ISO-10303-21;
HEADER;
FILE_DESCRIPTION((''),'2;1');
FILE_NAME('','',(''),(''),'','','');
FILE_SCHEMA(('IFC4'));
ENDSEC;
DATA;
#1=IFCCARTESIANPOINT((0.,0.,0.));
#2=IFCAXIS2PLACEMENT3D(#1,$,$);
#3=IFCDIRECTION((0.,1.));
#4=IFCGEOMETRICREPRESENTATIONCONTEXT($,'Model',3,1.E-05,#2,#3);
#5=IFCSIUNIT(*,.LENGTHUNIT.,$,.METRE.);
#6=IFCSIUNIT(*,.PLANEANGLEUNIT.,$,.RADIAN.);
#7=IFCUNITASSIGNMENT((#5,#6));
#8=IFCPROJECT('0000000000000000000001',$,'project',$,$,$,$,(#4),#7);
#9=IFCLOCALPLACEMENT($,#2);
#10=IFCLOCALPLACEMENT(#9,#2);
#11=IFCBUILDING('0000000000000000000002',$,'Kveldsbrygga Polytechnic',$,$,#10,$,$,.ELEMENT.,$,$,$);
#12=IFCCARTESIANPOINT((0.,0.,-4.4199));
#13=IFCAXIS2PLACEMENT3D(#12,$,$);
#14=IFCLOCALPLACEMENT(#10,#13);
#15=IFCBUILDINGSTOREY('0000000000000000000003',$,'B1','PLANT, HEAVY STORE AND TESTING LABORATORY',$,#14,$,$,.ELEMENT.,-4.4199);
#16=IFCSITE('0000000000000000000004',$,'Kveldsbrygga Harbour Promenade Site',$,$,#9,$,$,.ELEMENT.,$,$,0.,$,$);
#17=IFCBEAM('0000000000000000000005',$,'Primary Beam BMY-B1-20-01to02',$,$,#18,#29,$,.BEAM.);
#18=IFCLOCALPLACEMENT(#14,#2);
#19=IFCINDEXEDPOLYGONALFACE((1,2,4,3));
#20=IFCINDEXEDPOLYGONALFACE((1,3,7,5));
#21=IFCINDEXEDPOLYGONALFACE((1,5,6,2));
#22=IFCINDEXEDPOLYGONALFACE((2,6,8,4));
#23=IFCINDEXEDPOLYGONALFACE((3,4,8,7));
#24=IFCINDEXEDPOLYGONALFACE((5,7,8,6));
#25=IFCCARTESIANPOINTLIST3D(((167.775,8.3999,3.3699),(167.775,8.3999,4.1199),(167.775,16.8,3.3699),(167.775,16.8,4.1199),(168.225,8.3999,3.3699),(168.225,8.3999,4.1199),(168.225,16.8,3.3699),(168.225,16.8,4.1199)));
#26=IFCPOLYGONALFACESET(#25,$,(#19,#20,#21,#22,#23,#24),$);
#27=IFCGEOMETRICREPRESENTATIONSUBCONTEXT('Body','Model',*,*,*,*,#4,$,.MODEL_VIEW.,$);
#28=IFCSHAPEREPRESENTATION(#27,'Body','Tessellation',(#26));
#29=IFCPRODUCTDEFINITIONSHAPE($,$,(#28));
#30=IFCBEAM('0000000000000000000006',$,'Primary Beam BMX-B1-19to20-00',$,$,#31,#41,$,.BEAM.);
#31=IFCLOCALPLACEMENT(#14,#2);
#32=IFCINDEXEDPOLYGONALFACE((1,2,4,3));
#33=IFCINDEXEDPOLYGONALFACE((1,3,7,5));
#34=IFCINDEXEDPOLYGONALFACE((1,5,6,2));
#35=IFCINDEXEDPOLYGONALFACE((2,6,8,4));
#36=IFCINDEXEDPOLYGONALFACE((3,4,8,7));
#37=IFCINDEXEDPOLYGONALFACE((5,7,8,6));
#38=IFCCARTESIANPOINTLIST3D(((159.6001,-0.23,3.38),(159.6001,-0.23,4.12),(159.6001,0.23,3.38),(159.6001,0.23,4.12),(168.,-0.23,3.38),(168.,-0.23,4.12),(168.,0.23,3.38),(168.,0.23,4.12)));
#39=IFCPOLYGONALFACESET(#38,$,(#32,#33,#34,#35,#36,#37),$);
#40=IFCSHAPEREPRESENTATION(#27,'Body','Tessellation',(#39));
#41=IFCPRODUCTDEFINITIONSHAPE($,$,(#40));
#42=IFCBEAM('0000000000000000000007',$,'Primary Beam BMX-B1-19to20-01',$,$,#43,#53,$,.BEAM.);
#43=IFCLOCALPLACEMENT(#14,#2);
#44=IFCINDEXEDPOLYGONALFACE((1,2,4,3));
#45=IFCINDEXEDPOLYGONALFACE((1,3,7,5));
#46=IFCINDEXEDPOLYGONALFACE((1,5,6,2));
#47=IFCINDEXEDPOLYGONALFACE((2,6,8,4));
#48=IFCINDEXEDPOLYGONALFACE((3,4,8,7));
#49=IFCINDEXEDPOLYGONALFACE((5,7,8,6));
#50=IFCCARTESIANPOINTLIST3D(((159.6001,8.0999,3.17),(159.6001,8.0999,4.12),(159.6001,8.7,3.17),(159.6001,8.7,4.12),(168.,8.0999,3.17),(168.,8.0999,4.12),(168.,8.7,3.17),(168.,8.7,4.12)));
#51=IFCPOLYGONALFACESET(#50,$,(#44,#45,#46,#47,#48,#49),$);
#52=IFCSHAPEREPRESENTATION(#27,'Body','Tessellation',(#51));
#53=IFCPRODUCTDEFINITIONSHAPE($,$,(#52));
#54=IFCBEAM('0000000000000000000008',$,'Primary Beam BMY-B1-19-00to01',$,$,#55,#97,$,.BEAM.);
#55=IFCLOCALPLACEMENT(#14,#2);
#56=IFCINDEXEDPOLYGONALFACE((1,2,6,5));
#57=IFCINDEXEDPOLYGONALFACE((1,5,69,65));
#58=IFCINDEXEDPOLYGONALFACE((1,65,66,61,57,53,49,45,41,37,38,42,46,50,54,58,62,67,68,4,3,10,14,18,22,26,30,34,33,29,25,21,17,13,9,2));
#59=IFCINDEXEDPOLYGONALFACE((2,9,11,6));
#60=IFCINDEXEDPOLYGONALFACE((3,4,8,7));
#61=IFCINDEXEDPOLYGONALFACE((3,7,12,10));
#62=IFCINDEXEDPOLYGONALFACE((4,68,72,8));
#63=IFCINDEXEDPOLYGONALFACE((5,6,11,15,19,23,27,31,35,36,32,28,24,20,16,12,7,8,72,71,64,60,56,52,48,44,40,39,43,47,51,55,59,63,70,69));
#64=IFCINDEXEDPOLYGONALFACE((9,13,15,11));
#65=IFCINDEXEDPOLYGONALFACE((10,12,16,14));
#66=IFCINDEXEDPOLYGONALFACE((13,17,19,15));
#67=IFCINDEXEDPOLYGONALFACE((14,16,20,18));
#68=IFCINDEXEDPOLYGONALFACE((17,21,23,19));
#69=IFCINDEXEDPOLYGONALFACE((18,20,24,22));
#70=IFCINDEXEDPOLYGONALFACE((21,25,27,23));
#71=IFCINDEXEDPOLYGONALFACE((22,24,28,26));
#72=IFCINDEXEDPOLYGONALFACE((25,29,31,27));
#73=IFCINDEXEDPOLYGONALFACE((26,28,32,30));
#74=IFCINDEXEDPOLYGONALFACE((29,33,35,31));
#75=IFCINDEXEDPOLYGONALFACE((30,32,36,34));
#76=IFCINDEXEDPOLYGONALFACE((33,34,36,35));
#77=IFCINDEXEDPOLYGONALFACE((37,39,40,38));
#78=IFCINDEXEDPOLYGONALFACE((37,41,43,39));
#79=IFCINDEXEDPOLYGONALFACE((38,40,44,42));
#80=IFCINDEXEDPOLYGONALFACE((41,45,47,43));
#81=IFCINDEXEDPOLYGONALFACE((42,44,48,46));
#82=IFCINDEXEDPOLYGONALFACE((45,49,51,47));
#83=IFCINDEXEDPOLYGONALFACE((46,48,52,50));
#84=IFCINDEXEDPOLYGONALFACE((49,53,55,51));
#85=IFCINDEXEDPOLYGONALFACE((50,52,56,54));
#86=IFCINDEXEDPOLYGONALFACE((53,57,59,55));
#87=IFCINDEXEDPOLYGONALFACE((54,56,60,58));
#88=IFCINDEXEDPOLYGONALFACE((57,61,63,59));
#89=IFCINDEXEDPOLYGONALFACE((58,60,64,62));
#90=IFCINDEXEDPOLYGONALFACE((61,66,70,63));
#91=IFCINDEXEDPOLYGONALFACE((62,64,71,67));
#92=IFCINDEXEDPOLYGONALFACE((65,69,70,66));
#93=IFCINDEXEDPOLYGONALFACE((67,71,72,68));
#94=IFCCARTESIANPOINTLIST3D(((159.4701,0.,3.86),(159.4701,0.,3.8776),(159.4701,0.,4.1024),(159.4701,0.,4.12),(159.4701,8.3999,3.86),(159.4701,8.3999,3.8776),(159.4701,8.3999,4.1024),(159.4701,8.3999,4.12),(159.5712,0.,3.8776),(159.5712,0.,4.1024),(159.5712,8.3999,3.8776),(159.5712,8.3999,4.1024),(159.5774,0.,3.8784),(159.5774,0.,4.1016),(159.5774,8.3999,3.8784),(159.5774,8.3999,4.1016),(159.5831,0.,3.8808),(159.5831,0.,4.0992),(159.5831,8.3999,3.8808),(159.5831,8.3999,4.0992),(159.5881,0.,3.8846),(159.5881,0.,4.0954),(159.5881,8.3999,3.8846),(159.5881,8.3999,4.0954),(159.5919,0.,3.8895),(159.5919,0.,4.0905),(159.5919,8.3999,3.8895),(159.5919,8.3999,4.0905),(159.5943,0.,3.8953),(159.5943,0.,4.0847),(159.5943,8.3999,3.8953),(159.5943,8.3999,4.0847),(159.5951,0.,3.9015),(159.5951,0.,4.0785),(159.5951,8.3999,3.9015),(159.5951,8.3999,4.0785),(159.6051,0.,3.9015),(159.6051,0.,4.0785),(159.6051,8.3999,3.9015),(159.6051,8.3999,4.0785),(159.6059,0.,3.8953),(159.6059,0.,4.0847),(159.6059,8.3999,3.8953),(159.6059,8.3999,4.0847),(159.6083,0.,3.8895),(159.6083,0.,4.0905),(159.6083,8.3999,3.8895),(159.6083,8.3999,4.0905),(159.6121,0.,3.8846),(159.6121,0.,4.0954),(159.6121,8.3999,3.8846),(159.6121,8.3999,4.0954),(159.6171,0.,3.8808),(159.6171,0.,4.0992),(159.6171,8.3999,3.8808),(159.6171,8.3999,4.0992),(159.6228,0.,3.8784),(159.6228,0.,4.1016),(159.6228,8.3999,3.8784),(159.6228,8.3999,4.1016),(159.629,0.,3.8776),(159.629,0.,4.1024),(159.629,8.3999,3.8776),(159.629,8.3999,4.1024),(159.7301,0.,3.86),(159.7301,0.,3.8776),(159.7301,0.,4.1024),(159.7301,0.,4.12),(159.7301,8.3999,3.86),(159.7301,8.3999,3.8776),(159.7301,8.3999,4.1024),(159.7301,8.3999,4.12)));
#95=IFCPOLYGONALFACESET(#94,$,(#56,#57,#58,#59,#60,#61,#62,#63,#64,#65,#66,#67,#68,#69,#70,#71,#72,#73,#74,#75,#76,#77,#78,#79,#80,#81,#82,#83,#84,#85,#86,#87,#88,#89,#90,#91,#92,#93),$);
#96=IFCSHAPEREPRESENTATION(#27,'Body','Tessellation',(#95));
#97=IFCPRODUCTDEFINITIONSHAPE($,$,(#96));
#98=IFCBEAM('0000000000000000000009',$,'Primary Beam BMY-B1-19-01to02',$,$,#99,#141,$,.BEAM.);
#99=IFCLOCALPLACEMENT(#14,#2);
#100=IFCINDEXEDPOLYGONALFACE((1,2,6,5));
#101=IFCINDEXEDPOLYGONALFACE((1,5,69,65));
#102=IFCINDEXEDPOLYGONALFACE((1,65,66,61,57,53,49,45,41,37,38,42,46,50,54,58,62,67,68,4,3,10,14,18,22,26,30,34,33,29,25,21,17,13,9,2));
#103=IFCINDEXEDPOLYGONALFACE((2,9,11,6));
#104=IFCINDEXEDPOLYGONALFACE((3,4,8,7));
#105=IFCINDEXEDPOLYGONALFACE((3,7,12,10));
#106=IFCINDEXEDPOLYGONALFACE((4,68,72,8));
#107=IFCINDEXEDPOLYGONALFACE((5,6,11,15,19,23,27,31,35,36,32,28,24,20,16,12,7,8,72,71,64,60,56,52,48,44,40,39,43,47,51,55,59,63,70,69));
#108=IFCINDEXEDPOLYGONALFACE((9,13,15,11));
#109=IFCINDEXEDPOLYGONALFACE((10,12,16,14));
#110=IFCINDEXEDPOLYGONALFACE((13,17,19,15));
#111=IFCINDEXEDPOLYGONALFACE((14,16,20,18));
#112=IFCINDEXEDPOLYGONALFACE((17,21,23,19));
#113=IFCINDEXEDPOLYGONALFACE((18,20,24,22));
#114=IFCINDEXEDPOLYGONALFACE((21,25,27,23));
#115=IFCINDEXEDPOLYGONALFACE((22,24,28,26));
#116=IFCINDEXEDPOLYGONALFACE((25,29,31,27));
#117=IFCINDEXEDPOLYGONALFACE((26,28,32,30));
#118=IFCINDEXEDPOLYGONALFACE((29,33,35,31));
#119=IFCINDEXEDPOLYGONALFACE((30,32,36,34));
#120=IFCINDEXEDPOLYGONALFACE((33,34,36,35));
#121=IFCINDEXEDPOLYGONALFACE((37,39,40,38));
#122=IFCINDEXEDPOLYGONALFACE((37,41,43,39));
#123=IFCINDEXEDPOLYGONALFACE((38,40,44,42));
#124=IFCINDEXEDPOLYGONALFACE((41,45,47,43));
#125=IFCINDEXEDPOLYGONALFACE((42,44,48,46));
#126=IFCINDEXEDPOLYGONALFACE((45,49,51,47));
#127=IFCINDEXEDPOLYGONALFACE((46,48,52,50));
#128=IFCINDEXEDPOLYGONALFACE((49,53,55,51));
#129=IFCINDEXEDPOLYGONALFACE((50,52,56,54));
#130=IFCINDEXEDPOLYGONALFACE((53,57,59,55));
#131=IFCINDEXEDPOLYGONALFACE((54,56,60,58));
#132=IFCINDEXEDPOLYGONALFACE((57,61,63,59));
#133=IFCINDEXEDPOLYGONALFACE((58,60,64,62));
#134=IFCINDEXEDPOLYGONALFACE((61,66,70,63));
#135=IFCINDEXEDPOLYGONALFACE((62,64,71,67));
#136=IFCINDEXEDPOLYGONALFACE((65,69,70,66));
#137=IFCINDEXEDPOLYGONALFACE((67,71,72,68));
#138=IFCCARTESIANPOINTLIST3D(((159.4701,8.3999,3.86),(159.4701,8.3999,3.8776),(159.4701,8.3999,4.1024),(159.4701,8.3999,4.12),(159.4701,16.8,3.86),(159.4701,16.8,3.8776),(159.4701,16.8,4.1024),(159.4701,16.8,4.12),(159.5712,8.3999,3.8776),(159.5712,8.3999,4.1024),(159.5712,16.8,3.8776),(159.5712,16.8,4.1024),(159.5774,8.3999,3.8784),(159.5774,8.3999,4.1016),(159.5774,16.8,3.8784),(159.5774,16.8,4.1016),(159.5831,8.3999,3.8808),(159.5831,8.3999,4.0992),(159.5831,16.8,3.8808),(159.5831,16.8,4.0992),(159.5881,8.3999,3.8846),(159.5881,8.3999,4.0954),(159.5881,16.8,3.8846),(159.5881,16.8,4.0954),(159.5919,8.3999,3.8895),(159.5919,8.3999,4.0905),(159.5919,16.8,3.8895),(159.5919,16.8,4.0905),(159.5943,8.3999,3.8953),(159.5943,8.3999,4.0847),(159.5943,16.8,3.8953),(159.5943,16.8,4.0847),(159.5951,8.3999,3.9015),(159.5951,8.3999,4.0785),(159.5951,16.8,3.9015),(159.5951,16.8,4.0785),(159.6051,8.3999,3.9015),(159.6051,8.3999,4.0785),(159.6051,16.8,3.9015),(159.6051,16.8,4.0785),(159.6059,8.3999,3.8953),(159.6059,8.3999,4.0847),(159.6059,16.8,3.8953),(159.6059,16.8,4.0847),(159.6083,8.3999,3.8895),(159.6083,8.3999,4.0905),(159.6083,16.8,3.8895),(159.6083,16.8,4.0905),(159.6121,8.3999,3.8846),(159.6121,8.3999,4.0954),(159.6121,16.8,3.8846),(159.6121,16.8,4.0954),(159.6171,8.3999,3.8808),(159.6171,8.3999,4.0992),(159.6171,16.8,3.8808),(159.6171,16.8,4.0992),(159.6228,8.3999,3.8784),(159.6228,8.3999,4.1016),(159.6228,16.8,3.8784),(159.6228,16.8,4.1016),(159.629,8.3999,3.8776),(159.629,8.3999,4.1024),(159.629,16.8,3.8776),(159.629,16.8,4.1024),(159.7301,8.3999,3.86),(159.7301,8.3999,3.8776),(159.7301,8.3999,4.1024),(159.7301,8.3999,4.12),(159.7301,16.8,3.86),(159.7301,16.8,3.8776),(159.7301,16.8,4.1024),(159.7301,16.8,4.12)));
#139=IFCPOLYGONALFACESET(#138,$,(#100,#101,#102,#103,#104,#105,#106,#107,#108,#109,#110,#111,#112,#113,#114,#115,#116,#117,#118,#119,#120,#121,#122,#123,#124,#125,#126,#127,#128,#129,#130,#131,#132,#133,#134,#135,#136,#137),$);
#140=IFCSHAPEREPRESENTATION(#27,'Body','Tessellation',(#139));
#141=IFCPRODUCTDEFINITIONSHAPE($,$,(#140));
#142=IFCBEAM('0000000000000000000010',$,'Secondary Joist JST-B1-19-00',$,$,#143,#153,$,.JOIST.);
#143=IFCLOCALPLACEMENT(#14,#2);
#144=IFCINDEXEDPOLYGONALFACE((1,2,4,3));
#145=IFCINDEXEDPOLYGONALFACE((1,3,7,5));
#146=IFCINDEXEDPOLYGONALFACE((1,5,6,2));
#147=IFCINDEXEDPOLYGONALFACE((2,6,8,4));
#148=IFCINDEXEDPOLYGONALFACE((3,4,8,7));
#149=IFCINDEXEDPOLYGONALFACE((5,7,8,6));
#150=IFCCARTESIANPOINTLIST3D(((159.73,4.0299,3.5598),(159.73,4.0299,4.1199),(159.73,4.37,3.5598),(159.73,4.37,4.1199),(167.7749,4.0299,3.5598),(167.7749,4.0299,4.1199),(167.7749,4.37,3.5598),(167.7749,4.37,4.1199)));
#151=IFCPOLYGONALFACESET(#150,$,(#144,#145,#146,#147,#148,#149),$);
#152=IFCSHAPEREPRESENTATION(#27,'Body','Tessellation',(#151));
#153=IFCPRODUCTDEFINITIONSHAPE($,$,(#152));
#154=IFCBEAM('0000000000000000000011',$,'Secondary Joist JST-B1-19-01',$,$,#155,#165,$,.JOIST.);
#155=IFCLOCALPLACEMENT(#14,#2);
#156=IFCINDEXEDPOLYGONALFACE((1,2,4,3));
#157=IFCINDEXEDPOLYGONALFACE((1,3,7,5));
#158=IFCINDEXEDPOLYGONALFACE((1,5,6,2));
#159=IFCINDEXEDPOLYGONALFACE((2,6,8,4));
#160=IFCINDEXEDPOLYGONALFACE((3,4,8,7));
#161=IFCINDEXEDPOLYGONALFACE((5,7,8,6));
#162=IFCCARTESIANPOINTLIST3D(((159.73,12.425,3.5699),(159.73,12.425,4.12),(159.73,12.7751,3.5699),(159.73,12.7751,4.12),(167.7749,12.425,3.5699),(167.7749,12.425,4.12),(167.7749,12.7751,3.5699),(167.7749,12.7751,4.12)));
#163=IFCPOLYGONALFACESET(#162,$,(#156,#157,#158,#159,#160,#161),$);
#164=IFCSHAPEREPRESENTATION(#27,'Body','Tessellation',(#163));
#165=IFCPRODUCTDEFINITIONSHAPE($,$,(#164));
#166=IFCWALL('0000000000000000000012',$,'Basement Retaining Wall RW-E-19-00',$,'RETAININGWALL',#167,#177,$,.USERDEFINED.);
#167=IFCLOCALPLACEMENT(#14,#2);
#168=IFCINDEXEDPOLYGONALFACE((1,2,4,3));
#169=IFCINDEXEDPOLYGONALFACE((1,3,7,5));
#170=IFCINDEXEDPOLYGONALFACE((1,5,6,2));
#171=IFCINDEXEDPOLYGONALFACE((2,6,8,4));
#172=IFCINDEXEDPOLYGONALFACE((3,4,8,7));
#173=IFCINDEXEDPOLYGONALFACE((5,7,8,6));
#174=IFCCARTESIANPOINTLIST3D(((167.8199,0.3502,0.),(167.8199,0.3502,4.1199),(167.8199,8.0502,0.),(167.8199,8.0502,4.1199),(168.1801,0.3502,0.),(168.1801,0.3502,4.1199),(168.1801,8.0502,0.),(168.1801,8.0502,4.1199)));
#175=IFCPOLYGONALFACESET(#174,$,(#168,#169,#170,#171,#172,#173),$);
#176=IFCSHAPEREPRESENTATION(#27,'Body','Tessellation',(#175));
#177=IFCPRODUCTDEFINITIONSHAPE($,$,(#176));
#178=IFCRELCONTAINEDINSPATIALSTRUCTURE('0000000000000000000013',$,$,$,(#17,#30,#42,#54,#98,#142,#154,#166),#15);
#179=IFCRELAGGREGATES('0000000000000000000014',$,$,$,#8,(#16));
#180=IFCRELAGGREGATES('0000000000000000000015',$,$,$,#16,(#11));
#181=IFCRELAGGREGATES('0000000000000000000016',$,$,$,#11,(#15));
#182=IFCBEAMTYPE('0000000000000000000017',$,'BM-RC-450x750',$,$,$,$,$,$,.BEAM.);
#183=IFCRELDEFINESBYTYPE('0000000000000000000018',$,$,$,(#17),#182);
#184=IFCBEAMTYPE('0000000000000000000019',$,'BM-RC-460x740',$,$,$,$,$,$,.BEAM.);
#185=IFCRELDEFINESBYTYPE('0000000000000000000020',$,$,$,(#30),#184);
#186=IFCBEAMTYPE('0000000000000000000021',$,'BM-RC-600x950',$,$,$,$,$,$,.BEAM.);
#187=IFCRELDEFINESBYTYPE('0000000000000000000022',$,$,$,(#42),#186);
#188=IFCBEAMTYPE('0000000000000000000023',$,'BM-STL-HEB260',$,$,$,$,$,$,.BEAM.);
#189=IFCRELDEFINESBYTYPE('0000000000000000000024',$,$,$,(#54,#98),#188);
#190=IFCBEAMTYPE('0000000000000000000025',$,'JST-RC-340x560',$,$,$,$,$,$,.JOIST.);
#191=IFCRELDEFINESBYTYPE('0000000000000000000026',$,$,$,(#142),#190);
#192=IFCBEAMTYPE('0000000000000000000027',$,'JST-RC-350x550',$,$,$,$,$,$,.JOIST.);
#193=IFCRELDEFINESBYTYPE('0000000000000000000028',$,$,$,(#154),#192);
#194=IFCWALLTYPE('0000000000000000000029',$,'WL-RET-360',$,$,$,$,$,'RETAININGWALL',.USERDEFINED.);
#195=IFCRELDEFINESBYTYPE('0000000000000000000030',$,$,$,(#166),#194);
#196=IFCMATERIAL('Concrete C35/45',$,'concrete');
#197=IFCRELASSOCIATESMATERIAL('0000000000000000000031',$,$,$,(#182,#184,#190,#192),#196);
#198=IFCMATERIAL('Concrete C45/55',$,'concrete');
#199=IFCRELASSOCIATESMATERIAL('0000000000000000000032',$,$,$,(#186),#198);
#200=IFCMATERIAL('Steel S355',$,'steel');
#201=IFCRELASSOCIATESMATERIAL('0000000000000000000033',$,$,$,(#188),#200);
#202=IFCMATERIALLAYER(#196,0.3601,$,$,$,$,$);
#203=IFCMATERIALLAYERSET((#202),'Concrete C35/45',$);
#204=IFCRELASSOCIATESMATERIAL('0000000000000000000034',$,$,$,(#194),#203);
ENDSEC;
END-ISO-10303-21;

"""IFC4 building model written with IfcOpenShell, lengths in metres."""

from ifc_helpers import new_model, si_unit, direction, frame, frame_2d, origin, origin_2d, place, context, subcontext, project, spatial, rectangle, i_section, extrude, material, layer, layer_set, material_profile, profile_set, type_object, element, save


model = new_model("IFC4")

# Units and contexts
model_context = context("Model", 3, precision=1e-05, world=origin(), true_north=direction((0.0, 1.0)))
body_context = subcontext(model_context, "Body", "Model", "MODEL_VIEW")
ifc_project = project(units=[si_unit("LENGTHUNIT", "METRE"), si_unit("PLANEANGLEUNIT", "RADIAN")], contexts=[model_context])

# Site, building, storey
site_placement = place(None, origin())
site = spatial("IfcSite", under=ifc_project, at=site_placement, Name="Kveldsbrygga Harbour Promenade Site", CompositionType="ELEMENT", RefElevation=0.0)
building_placement = place(site_placement, origin())
building = spatial("IfcBuilding", under=site, at=building_placement, Name="Kveldsbrygga Polytechnic", CompositionType="ELEMENT")
storey_placement = place(building_placement, frame((0.0, 0.0, -4.4199)))
storey = spatial("IfcBuildingStorey", under=building, at=storey_placement, Name="B1", Description="PLANT, HEAVY STORE AND TESTING LABORATORY", CompositionType="ELEMENT", Elevation=-4.4199)

# Shared definitions
ifc_material_1 = material(Name="Concrete C45/55", Category="concrete")

# Beams
ifc_material_2 = material(Name="Concrete C35/45", Category="concrete")
ifc_material_profile_1 = material_profile(ifc_material_2, rectangle(XDim=0.45, YDim=0.75, at=origin_2d()), Name="RC 450x750")
ifc_profile_set_1 = profile_set([ifc_material_profile_1], Name="Concrete C35/45")
beam_type_1 = type_object("IfcBeamType", Name="BM-RC-450x750", PredefinedType="BEAM", material=ifc_profile_set_1)
beam_1_placement = place(storey_placement, frame((168.0, 8.3999, 3.7449), z_axis=(0.0, 1.0, 0.0), x_axis=(-1.0, 0.0, 0.0)))
element("IfcBeam", 1, at=beam_1_placement, inside=storey, type_object=beam_type_1, Name="Primary Beam BMY-B1-20-01to02", PredefinedType="BEAM", context=body_context, shape_type="SweptSolid", body=[
    extrude(rectangle(XDim=0.45, YDim=0.75, at=origin_2d()), origin(), (0.0, 0.0, 1.0), 8.4001),
])
ifc_material_profile_2 = material_profile(ifc_material_2, rectangle(XDim=0.46, YDim=0.74, at=origin_2d()), Name="RC 460x740")
ifc_profile_set_2 = profile_set([ifc_material_profile_2], Name="Concrete C35/45")
beam_type_2 = type_object("IfcBeamType", Name="BM-RC-460x740", PredefinedType="BEAM", material=ifc_profile_set_2)
beam_2_placement = place(storey_placement, frame((159.6001, 0.0, 3.75), z_axis=(1.0, 0.0, 0.0), x_axis=(0.0, 1.0, 0.0)))
element("IfcBeam", 2, at=beam_2_placement, inside=storey, type_object=beam_type_2, Name="Primary Beam BMX-B1-19to20-00", PredefinedType="BEAM", context=body_context, shape_type="SweptSolid", body=[
    extrude(rectangle(XDim=0.46, YDim=0.74, at=origin_2d()), origin(), (0.0, 0.0, 1.0), 8.3999),
])
ifc_material_profile_3 = material_profile(ifc_material_1, rectangle(XDim=0.6001, YDim=0.95, at=origin_2d()), Name="RC 600x950")
ifc_profile_set_3 = profile_set([ifc_material_profile_3], Name="Concrete C45/55")
beam_type_3 = type_object("IfcBeamType", Name="BM-RC-600x950", PredefinedType="BEAM", material=ifc_profile_set_3)
beam_3_placement = place(storey_placement, frame((159.6001, 8.3999, 3.645), z_axis=(1.0, 0.0, 0.0), x_axis=(0.0, 1.0, 0.0)))
element("IfcBeam", 3, at=beam_3_placement, inside=storey, type_object=beam_type_3, Name="Primary Beam BMX-B1-19to20-01", PredefinedType="BEAM", context=body_context, shape_type="SweptSolid", body=[
    extrude(rectangle(XDim=0.6001, YDim=0.95, at=origin_2d()), origin(), (0.0, 0.0, 1.0), 8.3999),
])
ifc_material_3 = material(Name="Steel S355", Category="steel")
ifc_material_profile_4 = material_profile(ifc_material_3, i_section(OverallWidth=0.26, OverallDepth=0.26, WebThickness=0.01, FlangeThickness=0.0176, FilletRadius=0.0239, at=origin_2d()), Name="HEB 260")
ifc_profile_set_4 = profile_set([ifc_material_profile_4], Name="Steel S355")
beam_type_4 = type_object("IfcBeamType", Name="BM-STL-HEB260", PredefinedType="BEAM", material=ifc_profile_set_4)
beam_4_placement = place(storey_placement, frame((159.6001, 0.0, 3.99), z_axis=(0.0, 1.0, 0.0), x_axis=(-1.0, 0.0, 0.0)))
element("IfcBeam", 4, at=beam_4_placement, inside=storey, type_object=beam_type_4, Name="Primary Beam BMY-B1-19-00to01", PredefinedType="BEAM", context=body_context, shape_type="SweptSolid", body=[
    extrude(i_section(OverallWidth=0.26, OverallDepth=0.26, WebThickness=0.01, FlangeThickness=0.0176, FilletRadius=0.0239, at=origin_2d()), origin(), (0.0, 0.0, 1.0), 8.3999),
])
beam_5_placement = place(storey_placement, frame((159.6001, 8.3999, 3.99), z_axis=(0.0, 1.0, 0.0), x_axis=(-1.0, 0.0, 0.0)))
element("IfcBeam", 5, at=beam_5_placement, inside=storey, type_object=beam_type_4, Name="Primary Beam BMY-B1-19-01to02", PredefinedType="BEAM", context=body_context, shape_type="SweptSolid", body=[
    extrude(i_section(OverallWidth=0.26, OverallDepth=0.26, WebThickness=0.01, FlangeThickness=0.0176, FilletRadius=0.0239, at=origin_2d()), origin(), (0.0, 0.0, 1.0), 8.4001),
])
ifc_material_profile_5 = material_profile(ifc_material_2, rectangle(XDim=0.3401, YDim=0.5601, at=origin_2d()), Name="RC 340x560")
ifc_profile_set_5 = profile_set([ifc_material_profile_5], Name="Concrete C35/45")
beam_type_5 = type_object("IfcBeamType", Name="JST-RC-340x560", PredefinedType="JOIST", material=ifc_profile_set_5)
beam_6_placement = place(storey_placement, frame((159.73, 4.2, 3.8398), z_axis=(1.0, 0.0, 0.0), x_axis=(0.0, 1.0, 0.0)))
element("IfcBeam", 6, at=beam_6_placement, inside=storey, type_object=beam_type_5, Name="Secondary Joist JST-B1-19-00", PredefinedType="JOIST", context=body_context, shape_type="SweptSolid", body=[
    extrude(rectangle(XDim=0.3401, YDim=0.5601, at=origin_2d()), origin(), (0.0, 0.0, 1.0), 8.0449),
])
ifc_material_profile_6 = material_profile(ifc_material_2, rectangle(XDim=0.3501, YDim=0.55, at=origin_2d()), Name="RC 350x550")
ifc_profile_set_6 = profile_set([ifc_material_profile_6], Name="Concrete C35/45")
beam_type_6 = type_object("IfcBeamType", Name="JST-RC-350x550", PredefinedType="JOIST", material=ifc_profile_set_6)
beam_7_placement = place(storey_placement, frame((159.73, 12.6001, 3.845), z_axis=(1.0, 0.0, 0.0), x_axis=(0.0, 1.0, 0.0)))
element("IfcBeam", 7, at=beam_7_placement, inside=storey, type_object=beam_type_6, Name="Secondary Joist JST-B1-19-01", PredefinedType="JOIST", context=body_context, shape_type="SweptSolid", body=[
    extrude(rectangle(XDim=0.3501, YDim=0.55, at=origin_2d()), origin(), (0.0, 0.0, 1.0), 8.0449),
])

# Wall
ifc_layer_1 = layer(ifc_material_2, 0.3601)
ifc_layer_set_1 = layer_set([ifc_layer_1], Name="Concrete C35/45")
wall_type_1 = type_object("IfcWallType", Name="WL-RET-360", ElementType="RETAININGWALL", PredefinedType="USERDEFINED", material=ifc_layer_set_1)
for number, where, z_axis, x_axis, name in (
    (8, (168.0, 0.3501, 0.0), (0.0, 0.0, 1.0), (0.0, 1.0, 0.0), "Basement Retaining Wall RW-E-19-00"),
):
    element("IfcWall", number, at=place(storey_placement, frame(where, z_axis=z_axis, x_axis=x_axis)), inside=storey, type_object=wall_type_1, Name=name, ObjectType="RETAININGWALL", PredefinedType="USERDEFINED", context=body_context, shape_type="SweptSolid", body=[
        extrude(rectangle(XDim=7.7, YDim=0.3601, at=frame_2d((3.8501, 0.0))), origin(), (0.0, 0.0, 1.0), 4.1199),
    ])

save(model, "model.ifc")
